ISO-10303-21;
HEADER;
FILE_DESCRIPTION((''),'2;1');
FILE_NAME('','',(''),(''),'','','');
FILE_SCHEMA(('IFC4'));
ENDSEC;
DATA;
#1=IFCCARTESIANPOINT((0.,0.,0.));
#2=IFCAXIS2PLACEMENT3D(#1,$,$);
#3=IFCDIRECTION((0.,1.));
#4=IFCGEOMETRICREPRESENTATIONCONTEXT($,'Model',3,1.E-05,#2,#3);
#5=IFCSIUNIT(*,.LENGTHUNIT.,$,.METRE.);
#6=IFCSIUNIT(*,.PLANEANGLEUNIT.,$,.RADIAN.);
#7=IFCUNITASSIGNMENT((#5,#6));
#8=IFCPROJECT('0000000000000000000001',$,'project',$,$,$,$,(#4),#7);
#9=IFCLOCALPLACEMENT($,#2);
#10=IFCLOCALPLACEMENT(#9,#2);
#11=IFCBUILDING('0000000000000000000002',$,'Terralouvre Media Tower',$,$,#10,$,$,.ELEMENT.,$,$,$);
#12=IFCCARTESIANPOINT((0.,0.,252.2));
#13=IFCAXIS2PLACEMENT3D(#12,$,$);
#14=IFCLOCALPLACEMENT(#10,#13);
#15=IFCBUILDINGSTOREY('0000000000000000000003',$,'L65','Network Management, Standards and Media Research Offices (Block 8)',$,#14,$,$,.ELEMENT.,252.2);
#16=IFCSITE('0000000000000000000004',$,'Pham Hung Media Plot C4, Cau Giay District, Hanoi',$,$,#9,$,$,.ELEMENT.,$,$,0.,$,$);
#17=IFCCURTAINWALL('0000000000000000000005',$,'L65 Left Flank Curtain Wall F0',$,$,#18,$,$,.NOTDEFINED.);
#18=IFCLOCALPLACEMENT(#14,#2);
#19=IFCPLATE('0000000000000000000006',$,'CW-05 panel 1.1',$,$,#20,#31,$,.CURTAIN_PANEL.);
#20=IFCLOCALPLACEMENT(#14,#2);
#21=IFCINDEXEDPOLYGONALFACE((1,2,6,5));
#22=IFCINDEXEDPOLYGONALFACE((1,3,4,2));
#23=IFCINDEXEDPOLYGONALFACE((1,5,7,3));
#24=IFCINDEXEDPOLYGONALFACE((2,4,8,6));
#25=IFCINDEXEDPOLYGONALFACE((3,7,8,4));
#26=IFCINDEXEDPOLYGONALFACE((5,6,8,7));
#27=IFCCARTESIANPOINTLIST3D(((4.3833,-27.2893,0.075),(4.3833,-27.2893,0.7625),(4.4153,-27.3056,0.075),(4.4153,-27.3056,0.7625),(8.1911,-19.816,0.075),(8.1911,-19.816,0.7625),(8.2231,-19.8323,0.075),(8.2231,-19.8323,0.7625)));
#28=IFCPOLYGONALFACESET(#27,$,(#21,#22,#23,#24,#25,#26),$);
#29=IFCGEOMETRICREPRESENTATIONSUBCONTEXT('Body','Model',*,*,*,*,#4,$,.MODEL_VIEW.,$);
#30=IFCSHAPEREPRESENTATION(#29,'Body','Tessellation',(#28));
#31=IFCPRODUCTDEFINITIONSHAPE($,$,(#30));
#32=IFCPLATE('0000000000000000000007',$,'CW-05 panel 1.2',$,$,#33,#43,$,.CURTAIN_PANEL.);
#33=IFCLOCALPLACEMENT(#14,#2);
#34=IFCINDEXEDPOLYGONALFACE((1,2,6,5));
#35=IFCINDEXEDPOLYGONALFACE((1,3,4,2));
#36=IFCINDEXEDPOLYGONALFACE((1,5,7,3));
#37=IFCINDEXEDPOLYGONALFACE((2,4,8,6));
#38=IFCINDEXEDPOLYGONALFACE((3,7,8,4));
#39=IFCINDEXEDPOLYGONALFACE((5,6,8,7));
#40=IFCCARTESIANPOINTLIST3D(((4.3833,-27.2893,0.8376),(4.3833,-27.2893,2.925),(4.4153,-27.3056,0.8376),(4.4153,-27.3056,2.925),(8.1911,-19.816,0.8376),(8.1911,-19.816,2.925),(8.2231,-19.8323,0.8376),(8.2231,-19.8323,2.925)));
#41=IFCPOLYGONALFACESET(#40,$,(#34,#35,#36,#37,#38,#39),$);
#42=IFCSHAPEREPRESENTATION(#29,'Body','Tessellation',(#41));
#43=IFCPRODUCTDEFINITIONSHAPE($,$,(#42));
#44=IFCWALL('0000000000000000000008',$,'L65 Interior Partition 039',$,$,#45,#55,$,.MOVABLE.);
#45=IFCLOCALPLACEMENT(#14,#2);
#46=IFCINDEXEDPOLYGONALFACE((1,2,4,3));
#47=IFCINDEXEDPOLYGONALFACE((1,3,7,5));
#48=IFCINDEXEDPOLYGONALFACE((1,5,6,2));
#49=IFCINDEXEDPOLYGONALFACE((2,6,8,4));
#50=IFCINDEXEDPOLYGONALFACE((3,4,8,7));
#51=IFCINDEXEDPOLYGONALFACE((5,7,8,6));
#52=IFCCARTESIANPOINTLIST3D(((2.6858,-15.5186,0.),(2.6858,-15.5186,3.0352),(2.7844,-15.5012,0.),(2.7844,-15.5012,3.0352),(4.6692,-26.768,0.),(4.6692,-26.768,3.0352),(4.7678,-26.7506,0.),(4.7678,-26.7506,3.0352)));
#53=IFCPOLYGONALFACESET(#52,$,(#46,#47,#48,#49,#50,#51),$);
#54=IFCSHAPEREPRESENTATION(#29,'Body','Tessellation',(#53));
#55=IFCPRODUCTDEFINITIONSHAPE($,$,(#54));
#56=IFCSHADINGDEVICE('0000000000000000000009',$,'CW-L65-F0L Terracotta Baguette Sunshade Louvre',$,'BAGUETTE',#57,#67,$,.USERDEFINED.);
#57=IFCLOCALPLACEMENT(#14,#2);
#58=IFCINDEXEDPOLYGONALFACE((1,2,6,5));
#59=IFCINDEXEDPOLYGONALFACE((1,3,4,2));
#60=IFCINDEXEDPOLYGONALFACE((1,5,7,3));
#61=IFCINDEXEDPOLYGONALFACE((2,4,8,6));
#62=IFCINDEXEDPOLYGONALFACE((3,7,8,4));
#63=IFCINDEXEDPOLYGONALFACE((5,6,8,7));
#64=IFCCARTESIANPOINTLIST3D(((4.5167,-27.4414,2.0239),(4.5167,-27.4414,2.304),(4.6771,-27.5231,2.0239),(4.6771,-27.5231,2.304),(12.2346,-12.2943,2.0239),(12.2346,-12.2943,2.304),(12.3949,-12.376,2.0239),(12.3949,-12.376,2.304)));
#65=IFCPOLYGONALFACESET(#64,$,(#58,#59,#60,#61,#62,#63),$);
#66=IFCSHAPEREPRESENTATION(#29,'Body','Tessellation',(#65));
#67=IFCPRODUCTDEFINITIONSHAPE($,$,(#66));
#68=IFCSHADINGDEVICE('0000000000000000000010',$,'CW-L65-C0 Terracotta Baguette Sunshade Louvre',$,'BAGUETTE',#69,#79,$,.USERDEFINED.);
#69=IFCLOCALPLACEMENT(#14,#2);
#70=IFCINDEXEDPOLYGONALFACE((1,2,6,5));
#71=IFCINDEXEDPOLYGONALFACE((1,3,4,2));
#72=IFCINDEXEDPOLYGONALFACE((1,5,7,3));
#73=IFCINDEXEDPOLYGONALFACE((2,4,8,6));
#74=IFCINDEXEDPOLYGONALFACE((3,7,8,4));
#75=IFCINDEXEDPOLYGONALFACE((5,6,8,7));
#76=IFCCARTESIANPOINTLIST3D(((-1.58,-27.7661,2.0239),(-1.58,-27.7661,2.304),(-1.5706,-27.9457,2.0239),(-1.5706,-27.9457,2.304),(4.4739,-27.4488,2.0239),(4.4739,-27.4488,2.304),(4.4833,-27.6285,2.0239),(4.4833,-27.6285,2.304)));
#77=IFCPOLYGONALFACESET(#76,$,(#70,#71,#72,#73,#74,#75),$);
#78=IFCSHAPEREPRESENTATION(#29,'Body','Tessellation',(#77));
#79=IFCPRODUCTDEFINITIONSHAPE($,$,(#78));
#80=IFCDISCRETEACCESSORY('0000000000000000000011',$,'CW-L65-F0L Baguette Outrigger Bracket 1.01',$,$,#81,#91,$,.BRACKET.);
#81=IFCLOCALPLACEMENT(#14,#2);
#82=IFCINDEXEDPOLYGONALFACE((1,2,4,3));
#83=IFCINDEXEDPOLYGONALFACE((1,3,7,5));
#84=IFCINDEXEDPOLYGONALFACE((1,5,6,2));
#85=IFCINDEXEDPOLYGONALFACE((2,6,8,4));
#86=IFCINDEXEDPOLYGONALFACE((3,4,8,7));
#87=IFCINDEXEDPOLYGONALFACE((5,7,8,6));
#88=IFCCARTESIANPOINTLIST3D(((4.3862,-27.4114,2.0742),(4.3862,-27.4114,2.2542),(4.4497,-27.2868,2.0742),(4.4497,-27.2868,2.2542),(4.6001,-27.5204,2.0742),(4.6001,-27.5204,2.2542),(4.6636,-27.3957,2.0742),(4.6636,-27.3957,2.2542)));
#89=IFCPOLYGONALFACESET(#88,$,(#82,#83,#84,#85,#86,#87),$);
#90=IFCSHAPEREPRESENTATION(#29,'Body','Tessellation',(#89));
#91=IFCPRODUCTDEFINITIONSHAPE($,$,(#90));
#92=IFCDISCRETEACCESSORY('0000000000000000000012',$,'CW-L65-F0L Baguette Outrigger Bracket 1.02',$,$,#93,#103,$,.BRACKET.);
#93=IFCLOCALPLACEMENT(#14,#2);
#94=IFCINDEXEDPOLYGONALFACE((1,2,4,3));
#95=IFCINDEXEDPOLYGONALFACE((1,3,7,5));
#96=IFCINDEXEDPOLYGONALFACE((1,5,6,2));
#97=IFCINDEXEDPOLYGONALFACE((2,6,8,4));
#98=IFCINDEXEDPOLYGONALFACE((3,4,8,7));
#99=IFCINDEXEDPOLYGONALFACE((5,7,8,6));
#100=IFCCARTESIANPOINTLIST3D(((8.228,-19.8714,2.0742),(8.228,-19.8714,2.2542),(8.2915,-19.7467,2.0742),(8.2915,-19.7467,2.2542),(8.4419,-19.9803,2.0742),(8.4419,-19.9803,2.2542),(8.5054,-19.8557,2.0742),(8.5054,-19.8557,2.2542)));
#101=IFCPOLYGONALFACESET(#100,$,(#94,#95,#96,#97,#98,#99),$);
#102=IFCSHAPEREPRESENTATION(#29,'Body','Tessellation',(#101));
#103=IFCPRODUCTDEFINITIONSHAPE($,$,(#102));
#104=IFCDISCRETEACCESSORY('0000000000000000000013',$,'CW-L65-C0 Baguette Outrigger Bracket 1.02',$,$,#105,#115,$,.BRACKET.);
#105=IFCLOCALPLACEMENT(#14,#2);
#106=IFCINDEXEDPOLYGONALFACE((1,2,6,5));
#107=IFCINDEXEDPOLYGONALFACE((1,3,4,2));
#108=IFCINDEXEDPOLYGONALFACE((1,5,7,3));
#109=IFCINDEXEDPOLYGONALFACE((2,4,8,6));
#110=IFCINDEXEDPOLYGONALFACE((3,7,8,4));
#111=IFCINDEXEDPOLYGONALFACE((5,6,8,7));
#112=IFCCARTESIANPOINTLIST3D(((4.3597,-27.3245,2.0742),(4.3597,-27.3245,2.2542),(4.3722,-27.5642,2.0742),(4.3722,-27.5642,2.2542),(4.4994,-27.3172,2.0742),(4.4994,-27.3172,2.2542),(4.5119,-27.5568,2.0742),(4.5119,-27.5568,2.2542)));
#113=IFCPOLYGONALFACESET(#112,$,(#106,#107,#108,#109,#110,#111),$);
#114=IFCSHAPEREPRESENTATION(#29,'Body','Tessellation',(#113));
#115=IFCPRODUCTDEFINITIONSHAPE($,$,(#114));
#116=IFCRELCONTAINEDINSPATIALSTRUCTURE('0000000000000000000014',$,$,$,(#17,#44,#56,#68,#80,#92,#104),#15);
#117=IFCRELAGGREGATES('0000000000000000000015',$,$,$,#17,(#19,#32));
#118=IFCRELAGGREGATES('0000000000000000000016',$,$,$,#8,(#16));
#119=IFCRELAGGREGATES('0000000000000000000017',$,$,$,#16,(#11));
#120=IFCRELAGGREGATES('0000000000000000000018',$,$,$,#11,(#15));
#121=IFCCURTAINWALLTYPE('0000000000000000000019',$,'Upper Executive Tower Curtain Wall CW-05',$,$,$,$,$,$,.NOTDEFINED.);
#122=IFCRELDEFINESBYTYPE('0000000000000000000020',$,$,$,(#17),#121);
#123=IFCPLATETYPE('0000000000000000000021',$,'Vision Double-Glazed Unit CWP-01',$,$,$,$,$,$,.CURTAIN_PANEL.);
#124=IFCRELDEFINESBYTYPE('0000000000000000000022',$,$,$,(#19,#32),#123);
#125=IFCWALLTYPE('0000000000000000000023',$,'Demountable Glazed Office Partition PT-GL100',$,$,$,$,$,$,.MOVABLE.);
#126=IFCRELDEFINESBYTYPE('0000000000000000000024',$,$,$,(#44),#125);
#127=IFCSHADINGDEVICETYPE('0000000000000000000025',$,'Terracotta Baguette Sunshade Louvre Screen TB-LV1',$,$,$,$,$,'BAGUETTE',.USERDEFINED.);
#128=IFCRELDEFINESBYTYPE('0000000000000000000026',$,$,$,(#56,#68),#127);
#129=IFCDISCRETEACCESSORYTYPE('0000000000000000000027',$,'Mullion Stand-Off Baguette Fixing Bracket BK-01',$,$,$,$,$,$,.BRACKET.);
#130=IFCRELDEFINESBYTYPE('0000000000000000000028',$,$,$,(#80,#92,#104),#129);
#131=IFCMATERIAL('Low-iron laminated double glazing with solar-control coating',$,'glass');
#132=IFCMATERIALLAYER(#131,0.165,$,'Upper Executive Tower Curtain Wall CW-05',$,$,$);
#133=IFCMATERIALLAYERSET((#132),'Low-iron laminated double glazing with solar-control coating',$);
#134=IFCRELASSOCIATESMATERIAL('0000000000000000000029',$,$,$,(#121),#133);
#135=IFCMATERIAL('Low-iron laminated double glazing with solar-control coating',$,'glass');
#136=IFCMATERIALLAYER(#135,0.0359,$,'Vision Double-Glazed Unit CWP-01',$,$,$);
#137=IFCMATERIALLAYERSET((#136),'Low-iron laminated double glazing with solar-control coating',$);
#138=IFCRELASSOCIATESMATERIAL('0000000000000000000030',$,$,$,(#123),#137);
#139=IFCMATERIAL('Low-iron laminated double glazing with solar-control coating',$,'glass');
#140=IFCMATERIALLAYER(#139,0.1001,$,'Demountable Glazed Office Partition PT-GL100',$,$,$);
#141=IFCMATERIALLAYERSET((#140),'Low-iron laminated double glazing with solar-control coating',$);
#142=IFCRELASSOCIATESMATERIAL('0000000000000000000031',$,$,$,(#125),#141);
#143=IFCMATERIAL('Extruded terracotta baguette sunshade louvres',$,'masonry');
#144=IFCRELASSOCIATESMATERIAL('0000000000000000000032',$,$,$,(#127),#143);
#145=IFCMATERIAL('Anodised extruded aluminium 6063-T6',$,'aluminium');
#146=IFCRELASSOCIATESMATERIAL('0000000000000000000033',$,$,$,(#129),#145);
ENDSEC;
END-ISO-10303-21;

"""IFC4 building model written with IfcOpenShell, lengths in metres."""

from ifc_helpers import new_model, si_unit, direction, frame, frame_2d, origin, origin_2d, place, context, subcontext, project, spatial, rectangle, extrude, material, layer, layer_set, type_object, element, aggregate, save


model = new_model("IFC4")

# Units and contexts
model_context = context("Model", 3, precision=1e-05, world=origin(), true_north=direction((0.0, 1.0)))
body_context = subcontext(model_context, "Body", "Model", "MODEL_VIEW")
ifc_project = project(units=[si_unit("LENGTHUNIT", "METRE"), si_unit("PLANEANGLEUNIT", "RADIAN")], contexts=[model_context])

# Site, building, storey
site_placement = place(None, origin())
site = spatial("IfcSite", under=ifc_project, at=site_placement, Name="Pham Hung Media Plot C4, Cau Giay District, Hanoi", CompositionType="ELEMENT", RefElevation=0.0)
building_placement = place(site_placement, origin())
building = spatial("IfcBuilding", under=site, at=building_placement, Name="Terralouvre Media Tower", CompositionType="ELEMENT")
storey_placement = place(building_placement, frame((0.0, 0.0, 252.2)))
storey = spatial("IfcBuildingStorey", under=building, at=storey_placement, Name="L65", Description="Network Management, Standards and Media Research Offices (Block 8)", CompositionType="ELEMENT", Elevation=252.2)

# Curtain wall
ifc_material_1 = material(Name="Low-iron laminated double glazing with solar-control coating", Category="glass")
ifc_layer_1 = layer(ifc_material_1, 0.165, Name="Upper Executive Tower Curtain Wall CW-05")
ifc_layer_set_1 = layer_set([ifc_layer_1], Name="Low-iron laminated double glazing with solar-control coating")
curtain_wall_type_1 = type_object("IfcCurtainWallType", Name="Upper Executive Tower Curtain Wall CW-05", PredefinedType="NOTDEFINED", material=ifc_layer_set_1)
curtain_wall_1_placement = place(storey_placement, origin())
curtain_wall_1 = element("IfcCurtainWall", 1, at=curtain_wall_1_placement, inside=storey, type_object=curtain_wall_type_1, Name="L65 Left Flank Curtain Wall F0", PredefinedType="NOTDEFINED")

# Plates
ifc_material_2 = material(Name="Low-iron laminated double glazing with solar-control coating", Category="glass")
ifc_layer_2 = layer(ifc_material_2, 0.0359, Name="Vision Double-Glazed Unit CWP-01")
ifc_layer_set_2 = layer_set([ifc_layer_2], Name="Low-iron laminated double glazing with solar-control coating")
plate_type_1 = type_object("IfcPlateType", Name="Vision Double-Glazed Unit CWP-01", PredefinedType="CURTAIN_PANEL", material=ifc_layer_set_2)
plate_1_placement = place(storey_placement, frame((6.3032, -23.5608, 0.075), z_axis=(0.0, 0.0, 1.0), x_axis=(0.45399, 0.891007, 0.0)))
plate_1 = element("IfcPlate", 2, at=plate_1_placement, type_object=plate_type_1, Name="CW-05 panel 1.1", PredefinedType="CURTAIN_PANEL", context=body_context, shape_type="SweptSolid", body=[
    extrude(rectangle(XDim=8.3875, YDim=0.0359, at=origin_2d()), origin(), (0.0, 0.0, 1.0), 0.6875),
])
plate_2_placement = place(storey_placement, frame((6.3032, -23.5608, 0.8376), z_axis=(0.0, 0.0, 1.0), x_axis=(0.45399, 0.891007, 0.0)))
plate_2 = element("IfcPlate", 3, at=plate_2_placement, type_object=plate_type_1, Name="CW-05 panel 1.2", PredefinedType="CURTAIN_PANEL", context=body_context, shape_type="SweptSolid", body=[
    extrude(rectangle(XDim=8.3875, YDim=0.0359, at=origin_2d()), origin(), (0.0, 0.0, 1.0), 2.0874),
])
aggregate(curtain_wall_1, [plate_1, plate_2])

# Wall
ifc_material_3 = material(Name="Low-iron laminated double glazing with solar-control coating", Category="glass")
ifc_layer_3 = layer(ifc_material_3, 0.1001, Name="Demountable Glazed Office Partition PT-GL100")
ifc_layer_set_3 = layer_set([ifc_layer_3], Name="Low-iron laminated double glazing with solar-control coating")
wall_type = type_object("IfcWallType", Name="Demountable Glazed Office Partition PT-GL100", PredefinedType="MOVABLE", material=ifc_layer_set_3)
wall_placement = place(storey_placement, frame((4.7185, -26.7593, 0.0), z_axis=(0.0, 0.0, 1.0), x_axis=(-0.173635, 0.98481, 0.0)))
element("IfcWall", 4, at=wall_placement, inside=storey, type_object=wall_type, Name="L65 Interior Partition 039", PredefinedType="MOVABLE", context=body_context, shape_type="SweptSolid", body=[
    extrude(rectangle(XDim=11.4229, YDim=0.1001, at=frame_2d((5.7114, 0.0))), origin(), (0.0, 0.0, 1.0), 3.0352),
])

# Shading devices
ifc_material_4 = material(Name="Extruded terracotta baguette sunshade louvres", Category="masonry")
shading_device_type = type_object("IfcShadingDeviceType", Name="Terracotta Baguette Sunshade Louvre Screen TB-LV1", ElementType="BAGUETTE", PredefinedType="USERDEFINED", material=ifc_material_4)
shading_device_1_placement = place(storey_placement, frame((8.4558, -19.9087, 2.0239), z_axis=(0.0, 0.0, 1.0), x_axis=(0.45399, 0.891007, 0.0)))
element("IfcShadingDevice", 5, at=shading_device_1_placement, inside=storey, type_object=shading_device_type, Name="CW-L65-F0L Terracotta Baguette Sunshade Louvre", ObjectType="BAGUETTE", PredefinedType="USERDEFINED", context=body_context, shape_type="SweptSolid", body=[
    extrude(rectangle(XDim=17.0, YDim=0.1799, at=origin_2d()), origin(), (0.0, 0.0, 1.0), 0.28),
])
shading_device_2_placement = place(storey_placement, frame((1.4517, -27.6973, 2.0239), z_axis=(0.0, 0.0, 1.0), x_axis=(0.99863, 0.052336, 0.0)))
element("IfcShadingDevice", 6, at=shading_device_2_placement, inside=storey, type_object=shading_device_type, Name="CW-L65-C0 Terracotta Baguette Sunshade Louvre", ObjectType="BAGUETTE", PredefinedType="USERDEFINED", context=body_context, shape_type="SweptSolid", body=[
    extrude(rectangle(XDim=6.0623, YDim=0.1799, at=origin_2d()), origin(), (0.0, 0.0, 1.0), 0.28),
])

# Discrete accessories
ifc_material_5 = material(Name="Anodised extruded aluminium 6063-T6", Category="aluminium")
discrete_accessory_type = type_object("IfcDiscreteAccessoryType", Name="Mullion Stand-Off Baguette Fixing Bracket BK-01", PredefinedType="BRACKET", material=ifc_material_5)
for number, where, z_axis, x_axis, name in (
    (7, (4.5249, -27.4036, 2.0742), (0.0, 0.0, 1.0), (0.45399, 0.891007, 0.0), "CW-L65-F0L Baguette Outrigger Bracket 1.01"),
    (8, (8.3667, -19.8635, 2.0742), (0.0, 0.0, 1.0), (0.45399, 0.891007, 0.0), "CW-L65-F0L Baguette Outrigger Bracket 1.02"),
    (9, (4.4358, -27.4407, 2.0742), (0.0, 0.0, 1.0), (0.99863, 0.052336, 0.0), "CW-L65-C0 Baguette Outrigger Bracket 1.02"),
):
    element("IfcDiscreteAccessory", number, at=place(storey_placement, frame(where, z_axis=z_axis, x_axis=x_axis)), inside=storey, type_object=discrete_accessory_type, Name=name, PredefinedType="BRACKET", context=body_context, shape_type="SweptSolid", body=[
        extrude(rectangle(XDim=0.1399, YDim=0.24, at=origin_2d()), origin(), (0.0, 0.0, 1.0), 0.1799),
    ])

save(model, "model.ifc")
